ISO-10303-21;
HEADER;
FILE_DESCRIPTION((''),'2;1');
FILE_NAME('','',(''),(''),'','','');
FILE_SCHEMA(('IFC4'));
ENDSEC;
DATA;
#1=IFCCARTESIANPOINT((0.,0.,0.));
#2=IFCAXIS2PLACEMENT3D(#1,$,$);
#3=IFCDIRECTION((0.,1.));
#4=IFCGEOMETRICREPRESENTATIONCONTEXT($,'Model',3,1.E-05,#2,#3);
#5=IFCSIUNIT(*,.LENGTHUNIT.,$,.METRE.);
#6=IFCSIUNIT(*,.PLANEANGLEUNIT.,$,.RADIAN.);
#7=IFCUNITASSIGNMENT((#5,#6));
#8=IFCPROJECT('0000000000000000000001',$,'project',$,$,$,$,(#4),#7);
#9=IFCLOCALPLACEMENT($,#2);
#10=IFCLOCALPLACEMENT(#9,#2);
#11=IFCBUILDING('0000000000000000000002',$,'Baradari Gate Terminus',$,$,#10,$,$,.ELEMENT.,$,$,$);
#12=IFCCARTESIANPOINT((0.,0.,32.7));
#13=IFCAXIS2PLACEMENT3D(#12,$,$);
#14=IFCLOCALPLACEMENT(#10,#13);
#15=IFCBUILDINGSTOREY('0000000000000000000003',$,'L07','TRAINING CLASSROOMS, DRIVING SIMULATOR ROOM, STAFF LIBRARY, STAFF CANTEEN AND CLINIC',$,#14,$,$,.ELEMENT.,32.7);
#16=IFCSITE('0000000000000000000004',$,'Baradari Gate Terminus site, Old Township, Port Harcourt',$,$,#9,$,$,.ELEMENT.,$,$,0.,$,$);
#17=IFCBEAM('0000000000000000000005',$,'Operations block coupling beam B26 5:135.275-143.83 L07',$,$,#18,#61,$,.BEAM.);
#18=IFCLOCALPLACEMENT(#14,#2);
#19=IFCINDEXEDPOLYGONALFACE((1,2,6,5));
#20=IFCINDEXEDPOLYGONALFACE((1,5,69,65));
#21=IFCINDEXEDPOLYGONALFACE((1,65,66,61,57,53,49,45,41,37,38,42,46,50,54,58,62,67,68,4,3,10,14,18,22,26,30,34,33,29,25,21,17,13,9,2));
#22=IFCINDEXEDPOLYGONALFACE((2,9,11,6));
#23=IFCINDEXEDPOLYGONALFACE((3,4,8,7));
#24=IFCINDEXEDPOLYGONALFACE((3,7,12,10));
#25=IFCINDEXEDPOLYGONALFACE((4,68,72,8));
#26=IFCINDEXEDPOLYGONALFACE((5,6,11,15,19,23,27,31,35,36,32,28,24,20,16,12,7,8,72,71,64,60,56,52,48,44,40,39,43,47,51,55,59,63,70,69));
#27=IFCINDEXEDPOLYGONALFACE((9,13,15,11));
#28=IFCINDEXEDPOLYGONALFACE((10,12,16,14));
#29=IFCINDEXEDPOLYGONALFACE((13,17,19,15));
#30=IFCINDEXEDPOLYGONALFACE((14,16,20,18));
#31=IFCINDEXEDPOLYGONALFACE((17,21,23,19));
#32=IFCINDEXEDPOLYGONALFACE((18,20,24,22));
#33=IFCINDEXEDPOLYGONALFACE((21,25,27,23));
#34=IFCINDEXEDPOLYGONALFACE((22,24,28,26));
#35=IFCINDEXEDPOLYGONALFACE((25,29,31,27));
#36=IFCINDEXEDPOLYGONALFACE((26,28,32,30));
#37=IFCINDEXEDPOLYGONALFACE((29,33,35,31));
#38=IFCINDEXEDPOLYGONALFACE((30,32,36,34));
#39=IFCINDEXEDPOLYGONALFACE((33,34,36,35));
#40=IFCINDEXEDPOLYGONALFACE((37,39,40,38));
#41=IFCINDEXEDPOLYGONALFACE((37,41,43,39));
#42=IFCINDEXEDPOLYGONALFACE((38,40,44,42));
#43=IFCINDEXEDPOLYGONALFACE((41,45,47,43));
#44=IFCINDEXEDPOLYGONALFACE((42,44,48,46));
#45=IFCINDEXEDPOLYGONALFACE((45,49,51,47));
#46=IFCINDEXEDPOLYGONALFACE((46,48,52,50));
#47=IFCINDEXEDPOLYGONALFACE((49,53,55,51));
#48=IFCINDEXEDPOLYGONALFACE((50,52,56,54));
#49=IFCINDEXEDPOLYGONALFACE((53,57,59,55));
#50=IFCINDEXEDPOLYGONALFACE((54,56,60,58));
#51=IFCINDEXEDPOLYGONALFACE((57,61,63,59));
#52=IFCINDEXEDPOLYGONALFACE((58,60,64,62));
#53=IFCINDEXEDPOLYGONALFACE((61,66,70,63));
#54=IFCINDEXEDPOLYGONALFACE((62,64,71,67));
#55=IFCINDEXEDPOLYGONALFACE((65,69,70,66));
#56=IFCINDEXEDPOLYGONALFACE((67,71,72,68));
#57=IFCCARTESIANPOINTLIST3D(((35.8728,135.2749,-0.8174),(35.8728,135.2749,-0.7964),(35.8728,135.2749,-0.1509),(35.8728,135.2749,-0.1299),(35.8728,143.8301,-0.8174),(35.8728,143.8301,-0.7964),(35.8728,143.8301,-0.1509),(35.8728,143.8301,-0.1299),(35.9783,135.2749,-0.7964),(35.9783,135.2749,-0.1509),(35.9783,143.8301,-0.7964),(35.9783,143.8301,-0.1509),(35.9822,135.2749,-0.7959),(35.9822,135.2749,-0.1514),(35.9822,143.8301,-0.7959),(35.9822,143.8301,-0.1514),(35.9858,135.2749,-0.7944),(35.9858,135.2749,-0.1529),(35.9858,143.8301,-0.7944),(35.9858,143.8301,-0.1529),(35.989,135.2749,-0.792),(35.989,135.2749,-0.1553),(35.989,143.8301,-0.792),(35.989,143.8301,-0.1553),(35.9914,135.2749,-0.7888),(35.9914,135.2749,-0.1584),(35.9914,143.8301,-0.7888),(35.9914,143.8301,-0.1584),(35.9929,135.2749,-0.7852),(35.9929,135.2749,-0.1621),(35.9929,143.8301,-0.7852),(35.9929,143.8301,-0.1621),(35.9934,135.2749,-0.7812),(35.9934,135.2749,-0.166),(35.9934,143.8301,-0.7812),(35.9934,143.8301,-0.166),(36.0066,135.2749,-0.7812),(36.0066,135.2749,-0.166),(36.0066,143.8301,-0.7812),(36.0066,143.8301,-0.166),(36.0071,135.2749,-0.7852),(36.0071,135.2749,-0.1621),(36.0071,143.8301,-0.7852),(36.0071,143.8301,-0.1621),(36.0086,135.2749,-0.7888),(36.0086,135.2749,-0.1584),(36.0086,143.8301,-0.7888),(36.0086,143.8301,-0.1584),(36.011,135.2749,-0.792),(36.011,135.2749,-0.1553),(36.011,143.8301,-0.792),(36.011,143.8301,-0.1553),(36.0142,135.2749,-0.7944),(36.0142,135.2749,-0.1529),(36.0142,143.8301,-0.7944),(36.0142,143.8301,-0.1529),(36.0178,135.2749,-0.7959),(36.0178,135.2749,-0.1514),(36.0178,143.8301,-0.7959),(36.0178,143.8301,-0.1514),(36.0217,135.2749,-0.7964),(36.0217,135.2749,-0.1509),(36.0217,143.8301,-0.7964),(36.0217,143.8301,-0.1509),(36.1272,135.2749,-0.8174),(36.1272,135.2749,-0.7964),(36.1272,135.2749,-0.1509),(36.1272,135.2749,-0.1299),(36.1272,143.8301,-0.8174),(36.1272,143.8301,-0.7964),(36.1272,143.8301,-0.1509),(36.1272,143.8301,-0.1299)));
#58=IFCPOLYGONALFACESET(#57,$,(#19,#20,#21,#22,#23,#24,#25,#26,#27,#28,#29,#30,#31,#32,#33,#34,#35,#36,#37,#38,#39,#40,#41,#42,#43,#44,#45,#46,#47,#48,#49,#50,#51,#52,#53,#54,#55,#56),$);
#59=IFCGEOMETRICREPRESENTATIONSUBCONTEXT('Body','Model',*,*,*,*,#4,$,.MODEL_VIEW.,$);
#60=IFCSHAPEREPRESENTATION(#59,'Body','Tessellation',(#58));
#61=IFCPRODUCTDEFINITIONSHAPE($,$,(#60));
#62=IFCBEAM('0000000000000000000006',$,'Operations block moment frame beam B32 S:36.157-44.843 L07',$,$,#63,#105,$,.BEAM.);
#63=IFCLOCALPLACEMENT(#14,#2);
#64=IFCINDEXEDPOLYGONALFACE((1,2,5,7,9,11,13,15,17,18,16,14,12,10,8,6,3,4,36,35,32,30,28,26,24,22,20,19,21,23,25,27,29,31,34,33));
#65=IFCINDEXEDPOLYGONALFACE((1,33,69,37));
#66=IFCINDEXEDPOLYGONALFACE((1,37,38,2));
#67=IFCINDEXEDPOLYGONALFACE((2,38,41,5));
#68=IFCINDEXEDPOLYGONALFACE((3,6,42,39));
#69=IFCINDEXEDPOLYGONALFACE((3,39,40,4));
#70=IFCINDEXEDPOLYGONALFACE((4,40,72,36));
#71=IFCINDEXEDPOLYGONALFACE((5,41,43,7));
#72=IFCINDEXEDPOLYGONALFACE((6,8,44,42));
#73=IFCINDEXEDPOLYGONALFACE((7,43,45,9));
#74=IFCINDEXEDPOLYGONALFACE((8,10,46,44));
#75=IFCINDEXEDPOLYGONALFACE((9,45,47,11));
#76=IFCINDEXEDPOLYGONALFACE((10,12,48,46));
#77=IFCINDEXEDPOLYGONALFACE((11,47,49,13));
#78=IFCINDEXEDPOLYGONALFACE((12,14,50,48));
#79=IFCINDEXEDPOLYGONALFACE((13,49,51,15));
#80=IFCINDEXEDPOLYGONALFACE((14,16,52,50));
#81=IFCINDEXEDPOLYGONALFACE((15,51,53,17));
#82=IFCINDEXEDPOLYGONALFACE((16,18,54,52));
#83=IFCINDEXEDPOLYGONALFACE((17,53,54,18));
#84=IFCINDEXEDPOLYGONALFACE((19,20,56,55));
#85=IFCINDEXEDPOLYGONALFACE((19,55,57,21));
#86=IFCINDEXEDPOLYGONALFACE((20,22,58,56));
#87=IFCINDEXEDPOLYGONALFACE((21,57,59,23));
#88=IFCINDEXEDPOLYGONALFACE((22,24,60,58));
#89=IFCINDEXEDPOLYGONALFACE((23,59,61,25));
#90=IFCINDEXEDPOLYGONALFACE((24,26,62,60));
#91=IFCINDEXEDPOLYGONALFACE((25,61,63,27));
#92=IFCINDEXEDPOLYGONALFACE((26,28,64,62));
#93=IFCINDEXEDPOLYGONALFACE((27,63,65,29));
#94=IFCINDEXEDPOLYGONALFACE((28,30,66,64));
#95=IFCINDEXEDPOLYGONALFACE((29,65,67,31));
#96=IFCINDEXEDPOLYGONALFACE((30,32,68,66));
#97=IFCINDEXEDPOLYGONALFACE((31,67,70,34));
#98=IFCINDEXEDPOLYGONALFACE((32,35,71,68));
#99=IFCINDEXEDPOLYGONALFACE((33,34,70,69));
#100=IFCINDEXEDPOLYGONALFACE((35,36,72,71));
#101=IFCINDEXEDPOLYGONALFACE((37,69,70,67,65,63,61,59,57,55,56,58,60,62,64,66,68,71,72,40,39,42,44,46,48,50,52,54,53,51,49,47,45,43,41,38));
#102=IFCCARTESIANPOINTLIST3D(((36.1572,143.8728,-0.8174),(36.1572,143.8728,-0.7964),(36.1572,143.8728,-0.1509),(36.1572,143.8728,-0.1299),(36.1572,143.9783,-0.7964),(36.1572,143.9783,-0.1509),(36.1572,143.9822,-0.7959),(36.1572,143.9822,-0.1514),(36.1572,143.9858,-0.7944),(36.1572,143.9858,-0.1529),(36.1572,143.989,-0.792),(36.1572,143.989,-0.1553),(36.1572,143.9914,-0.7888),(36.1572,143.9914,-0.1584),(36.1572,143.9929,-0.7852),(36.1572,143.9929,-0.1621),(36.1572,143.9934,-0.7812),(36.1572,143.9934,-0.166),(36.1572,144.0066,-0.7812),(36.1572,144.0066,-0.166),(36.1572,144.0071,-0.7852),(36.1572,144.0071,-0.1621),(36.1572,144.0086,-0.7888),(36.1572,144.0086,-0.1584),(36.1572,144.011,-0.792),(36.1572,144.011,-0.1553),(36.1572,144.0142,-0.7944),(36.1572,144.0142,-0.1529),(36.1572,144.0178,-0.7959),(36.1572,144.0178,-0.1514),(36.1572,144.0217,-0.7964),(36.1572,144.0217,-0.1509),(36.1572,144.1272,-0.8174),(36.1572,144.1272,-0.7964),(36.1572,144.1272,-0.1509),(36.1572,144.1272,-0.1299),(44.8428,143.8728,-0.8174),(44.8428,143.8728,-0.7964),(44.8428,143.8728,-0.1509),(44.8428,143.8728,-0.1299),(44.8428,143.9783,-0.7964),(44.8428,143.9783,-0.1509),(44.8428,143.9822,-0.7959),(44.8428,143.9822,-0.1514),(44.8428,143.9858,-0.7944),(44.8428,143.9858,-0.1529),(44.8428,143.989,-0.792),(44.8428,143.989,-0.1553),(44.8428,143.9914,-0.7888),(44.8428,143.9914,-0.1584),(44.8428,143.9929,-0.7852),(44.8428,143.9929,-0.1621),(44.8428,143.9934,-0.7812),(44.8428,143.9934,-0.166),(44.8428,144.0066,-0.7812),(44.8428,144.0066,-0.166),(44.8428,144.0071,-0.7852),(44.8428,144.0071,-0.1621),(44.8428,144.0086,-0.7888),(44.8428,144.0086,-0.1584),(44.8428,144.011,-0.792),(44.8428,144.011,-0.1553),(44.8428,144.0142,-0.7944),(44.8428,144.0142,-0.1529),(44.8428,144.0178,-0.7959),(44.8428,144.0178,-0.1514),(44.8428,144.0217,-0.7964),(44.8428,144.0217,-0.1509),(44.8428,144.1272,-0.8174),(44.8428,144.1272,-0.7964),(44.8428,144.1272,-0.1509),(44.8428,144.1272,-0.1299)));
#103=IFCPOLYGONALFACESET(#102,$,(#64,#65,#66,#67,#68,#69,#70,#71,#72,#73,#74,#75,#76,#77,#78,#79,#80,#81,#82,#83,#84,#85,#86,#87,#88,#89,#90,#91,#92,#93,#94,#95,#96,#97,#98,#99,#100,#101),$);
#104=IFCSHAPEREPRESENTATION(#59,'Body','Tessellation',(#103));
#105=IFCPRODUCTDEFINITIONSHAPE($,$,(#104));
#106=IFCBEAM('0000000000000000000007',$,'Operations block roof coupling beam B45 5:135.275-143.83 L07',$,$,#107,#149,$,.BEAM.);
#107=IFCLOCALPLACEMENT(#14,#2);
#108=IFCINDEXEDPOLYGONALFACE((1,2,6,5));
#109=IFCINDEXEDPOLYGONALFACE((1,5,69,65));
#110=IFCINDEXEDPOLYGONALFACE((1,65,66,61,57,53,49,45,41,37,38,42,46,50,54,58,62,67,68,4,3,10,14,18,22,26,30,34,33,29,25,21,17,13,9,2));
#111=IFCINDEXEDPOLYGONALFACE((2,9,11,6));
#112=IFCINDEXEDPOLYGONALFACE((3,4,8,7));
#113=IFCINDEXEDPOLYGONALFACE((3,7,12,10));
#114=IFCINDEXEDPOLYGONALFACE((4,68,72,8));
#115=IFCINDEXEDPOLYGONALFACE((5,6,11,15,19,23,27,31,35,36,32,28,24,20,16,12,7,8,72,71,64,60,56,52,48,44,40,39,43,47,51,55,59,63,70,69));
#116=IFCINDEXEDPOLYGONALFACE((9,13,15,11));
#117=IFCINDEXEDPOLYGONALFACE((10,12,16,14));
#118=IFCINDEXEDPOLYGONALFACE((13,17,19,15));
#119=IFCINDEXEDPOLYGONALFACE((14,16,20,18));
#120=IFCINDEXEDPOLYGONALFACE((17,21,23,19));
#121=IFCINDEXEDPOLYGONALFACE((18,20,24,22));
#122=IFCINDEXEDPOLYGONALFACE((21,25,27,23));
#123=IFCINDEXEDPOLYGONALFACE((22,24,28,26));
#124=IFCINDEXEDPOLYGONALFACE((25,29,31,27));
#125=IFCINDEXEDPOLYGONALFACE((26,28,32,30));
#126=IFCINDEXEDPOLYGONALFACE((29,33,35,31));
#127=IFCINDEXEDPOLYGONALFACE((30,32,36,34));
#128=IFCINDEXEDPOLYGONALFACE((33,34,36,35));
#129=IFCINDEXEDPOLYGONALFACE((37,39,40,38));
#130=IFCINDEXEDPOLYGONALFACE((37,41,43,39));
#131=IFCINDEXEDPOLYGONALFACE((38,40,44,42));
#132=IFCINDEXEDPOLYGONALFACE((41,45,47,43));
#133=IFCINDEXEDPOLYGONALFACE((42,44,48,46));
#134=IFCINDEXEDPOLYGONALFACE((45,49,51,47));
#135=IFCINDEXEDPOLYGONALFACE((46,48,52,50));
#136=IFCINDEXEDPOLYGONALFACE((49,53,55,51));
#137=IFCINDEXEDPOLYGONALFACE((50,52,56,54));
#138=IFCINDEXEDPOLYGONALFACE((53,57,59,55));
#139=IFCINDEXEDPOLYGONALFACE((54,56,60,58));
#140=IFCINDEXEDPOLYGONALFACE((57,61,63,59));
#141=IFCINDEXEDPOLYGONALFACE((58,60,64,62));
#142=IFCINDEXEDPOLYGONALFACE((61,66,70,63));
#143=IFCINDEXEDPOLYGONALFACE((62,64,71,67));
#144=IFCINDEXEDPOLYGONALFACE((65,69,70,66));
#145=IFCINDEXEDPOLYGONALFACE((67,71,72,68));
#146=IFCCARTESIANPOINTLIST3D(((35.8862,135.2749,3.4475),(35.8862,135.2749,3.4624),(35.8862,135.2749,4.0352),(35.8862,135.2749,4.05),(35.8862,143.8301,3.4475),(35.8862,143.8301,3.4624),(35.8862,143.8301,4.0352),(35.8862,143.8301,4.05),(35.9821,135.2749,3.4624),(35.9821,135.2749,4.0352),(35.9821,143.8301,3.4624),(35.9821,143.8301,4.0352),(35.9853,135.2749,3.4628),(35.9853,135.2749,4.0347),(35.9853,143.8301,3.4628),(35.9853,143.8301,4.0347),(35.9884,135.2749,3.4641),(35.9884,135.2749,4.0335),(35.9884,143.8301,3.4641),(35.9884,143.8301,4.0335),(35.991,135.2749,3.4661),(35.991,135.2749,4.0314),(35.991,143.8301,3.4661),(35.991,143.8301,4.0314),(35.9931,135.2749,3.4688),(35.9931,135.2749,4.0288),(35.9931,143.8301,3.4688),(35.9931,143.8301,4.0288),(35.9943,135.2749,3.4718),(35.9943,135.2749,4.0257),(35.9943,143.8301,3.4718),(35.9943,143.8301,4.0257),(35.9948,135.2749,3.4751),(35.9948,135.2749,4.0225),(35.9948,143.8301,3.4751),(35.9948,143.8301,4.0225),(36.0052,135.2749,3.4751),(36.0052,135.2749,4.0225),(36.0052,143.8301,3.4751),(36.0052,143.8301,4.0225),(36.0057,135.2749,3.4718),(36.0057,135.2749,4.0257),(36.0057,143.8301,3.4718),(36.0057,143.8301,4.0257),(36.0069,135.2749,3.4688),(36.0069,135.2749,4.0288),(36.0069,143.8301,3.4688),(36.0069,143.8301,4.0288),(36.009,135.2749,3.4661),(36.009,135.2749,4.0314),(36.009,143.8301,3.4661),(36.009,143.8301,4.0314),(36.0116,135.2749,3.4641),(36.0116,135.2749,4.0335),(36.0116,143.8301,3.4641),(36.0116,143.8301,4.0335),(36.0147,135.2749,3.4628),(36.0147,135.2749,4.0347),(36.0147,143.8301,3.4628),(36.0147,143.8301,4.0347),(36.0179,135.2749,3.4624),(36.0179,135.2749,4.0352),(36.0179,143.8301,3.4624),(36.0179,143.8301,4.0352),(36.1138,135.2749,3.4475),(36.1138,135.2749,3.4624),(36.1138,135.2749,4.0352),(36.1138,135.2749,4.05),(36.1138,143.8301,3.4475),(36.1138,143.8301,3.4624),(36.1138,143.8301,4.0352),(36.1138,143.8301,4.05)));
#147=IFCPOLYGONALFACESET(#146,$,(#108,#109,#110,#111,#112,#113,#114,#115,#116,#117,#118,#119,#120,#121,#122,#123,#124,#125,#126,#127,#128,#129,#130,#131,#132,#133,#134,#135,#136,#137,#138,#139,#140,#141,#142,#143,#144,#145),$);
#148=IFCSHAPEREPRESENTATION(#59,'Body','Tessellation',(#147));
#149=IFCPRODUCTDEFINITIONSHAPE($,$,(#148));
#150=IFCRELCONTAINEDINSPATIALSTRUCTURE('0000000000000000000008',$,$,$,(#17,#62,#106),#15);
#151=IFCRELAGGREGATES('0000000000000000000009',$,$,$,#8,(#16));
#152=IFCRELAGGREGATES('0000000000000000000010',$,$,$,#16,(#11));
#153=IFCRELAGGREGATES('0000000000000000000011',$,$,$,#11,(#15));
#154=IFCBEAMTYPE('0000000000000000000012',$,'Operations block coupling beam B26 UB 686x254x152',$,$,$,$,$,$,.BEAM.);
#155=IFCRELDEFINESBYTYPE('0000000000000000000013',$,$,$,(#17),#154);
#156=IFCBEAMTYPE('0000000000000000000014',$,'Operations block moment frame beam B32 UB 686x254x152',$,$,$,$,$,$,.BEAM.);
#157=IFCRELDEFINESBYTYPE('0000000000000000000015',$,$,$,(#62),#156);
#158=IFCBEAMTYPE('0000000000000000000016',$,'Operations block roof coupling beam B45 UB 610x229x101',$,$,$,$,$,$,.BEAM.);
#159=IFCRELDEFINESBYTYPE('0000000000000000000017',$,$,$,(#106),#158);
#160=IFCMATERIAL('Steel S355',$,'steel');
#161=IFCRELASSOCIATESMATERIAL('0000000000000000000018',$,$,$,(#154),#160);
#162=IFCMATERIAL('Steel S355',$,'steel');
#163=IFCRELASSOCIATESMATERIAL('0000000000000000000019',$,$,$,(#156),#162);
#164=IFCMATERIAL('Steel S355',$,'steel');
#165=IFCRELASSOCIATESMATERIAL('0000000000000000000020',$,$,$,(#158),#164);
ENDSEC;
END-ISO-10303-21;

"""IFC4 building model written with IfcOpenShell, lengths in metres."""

from ifc_helpers import new_model, si_unit, direction, frame, origin, origin_2d, place, context, subcontext, project, spatial, i_section, extrude, material, material_profile, profile_set, type_object, element, save


model = new_model("IFC4")

# Units and contexts
model_context = context("Model", 3, precision=1e-05, world=origin(), true_north=direction((0.0, 1.0)))
body_context = subcontext(model_context, "Body", "Model", "MODEL_VIEW")
ifc_project = project(units=[si_unit("LENGTHUNIT", "METRE"), si_unit("PLANEANGLEUNIT", "RADIAN")], contexts=[model_context])

# Site, building, storey
site_placement = place(None, origin())
site = spatial("IfcSite", under=ifc_project, at=site_placement, Name="Baradari Gate Terminus site, Old Township, Port Harcourt", CompositionType="ELEMENT", RefElevation=0.0)
building_placement = place(site_placement, origin())
building = spatial("IfcBuilding", under=site, at=building_placement, Name="Baradari Gate Terminus", CompositionType="ELEMENT")
storey_placement = place(building_placement, frame((0.0, 0.0, 32.7)))
storey = spatial("IfcBuildingStorey", under=building, at=storey_placement, Name="L07", Description="TRAINING CLASSROOMS, DRIVING SIMULATOR ROOM, STAFF LIBRARY, STAFF CANTEEN AND CLINIC", CompositionType="ELEMENT", Elevation=32.7)

# Beams
ifc_material_1 = material(Name="Steel S355", Category="steel")
ifc_material_profile_1 = material_profile(ifc_material_1, i_section(OverallWidth=0.2544, OverallDepth=0.6875, WebThickness=0.0132, FlangeThickness=0.021, FilletRadius=0.0151, at=origin_2d()), Name="UB 686x254x152")
ifc_profile_set_1 = profile_set([ifc_material_profile_1], Name="Steel S355")
beam_type_1 = type_object("IfcBeamType", Name="Operations block coupling beam B26 UB 686x254x152", PredefinedType="BEAM", material=ifc_profile_set_1)
beam_1_placement = place(storey_placement, frame((36.0, 135.2749, -0.4736), z_axis=(0.0, 1.0, 0.0), x_axis=(-1.0, 0.0, 0.0)))
element("IfcBeam", 1, at=beam_1_placement, inside=storey, type_object=beam_type_1, Name="Operations block coupling beam B26 5:135.275-143.83 L07", PredefinedType="BEAM", context=body_context, shape_type="SweptSolid", body=[
    extrude(i_section(OverallWidth=0.2544, OverallDepth=0.6875, WebThickness=0.0132, FlangeThickness=0.021, FilletRadius=0.0151, at=origin_2d()), origin(), (0.0, 0.0, 1.0), 8.5552),
])
ifc_material_2 = material(Name="Steel S355", Category="steel")
ifc_material_profile_2 = material_profile(ifc_material_2, i_section(OverallWidth=0.2544, OverallDepth=0.6875, WebThickness=0.0132, FlangeThickness=0.021, FilletRadius=0.0151, at=origin_2d()), Name="UB 686x254x152")
ifc_profile_set_2 = profile_set([ifc_material_profile_2], Name="Steel S355")
beam_type_2 = type_object("IfcBeamType", Name="Operations block moment frame beam B32 UB 686x254x152", PredefinedType="BEAM", material=ifc_profile_set_2)
beam_2_placement = place(storey_placement, frame((36.1572, 144.0, -0.4736), z_axis=(1.0, 0.0, 0.0), x_axis=(0.0, 1.0, 0.0)))
element("IfcBeam", 2, at=beam_2_placement, inside=storey, type_object=beam_type_2, Name="Operations block moment frame beam B32 S:36.157-44.843 L07", PredefinedType="BEAM", context=body_context, shape_type="SweptSolid", body=[
    extrude(i_section(OverallWidth=0.2544, OverallDepth=0.6875, WebThickness=0.0132, FlangeThickness=0.021, FilletRadius=0.0151, at=origin_2d()), origin(), (0.0, 0.0, 1.0), 8.6855),
])
ifc_material_3 = material(Name="Steel S355", Category="steel")
ifc_material_profile_3 = material_profile(ifc_material_3, i_section(OverallWidth=0.2275, OverallDepth=0.6025, WebThickness=0.0105, FlangeThickness=0.0149, FilletRadius=0.0127, at=origin_2d()), Name="UB 610x229x101")
ifc_profile_set_3 = profile_set([ifc_material_profile_3], Name="Steel S355")
beam_type_3 = type_object("IfcBeamType", Name="Operations block roof coupling beam B45 UB 610x229x101", PredefinedType="BEAM", material=ifc_profile_set_3)
beam_3_placement = place(storey_placement, frame((36.0, 135.2749, 3.7488), z_axis=(0.0, 1.0, 0.0), x_axis=(-1.0, 0.0, 0.0)))
element("IfcBeam", 3, at=beam_3_placement, inside=storey, type_object=beam_type_3, Name="Operations block roof coupling beam B45 5:135.275-143.83 L07", PredefinedType="BEAM", context=body_context, shape_type="SweptSolid", body=[
    extrude(i_section(OverallWidth=0.2275, OverallDepth=0.6025, WebThickness=0.0105, FlangeThickness=0.0149, FilletRadius=0.0127, at=origin_2d()), origin(), (0.0, 0.0, 1.0), 8.5552),
])

save(model, "model.ifc")
